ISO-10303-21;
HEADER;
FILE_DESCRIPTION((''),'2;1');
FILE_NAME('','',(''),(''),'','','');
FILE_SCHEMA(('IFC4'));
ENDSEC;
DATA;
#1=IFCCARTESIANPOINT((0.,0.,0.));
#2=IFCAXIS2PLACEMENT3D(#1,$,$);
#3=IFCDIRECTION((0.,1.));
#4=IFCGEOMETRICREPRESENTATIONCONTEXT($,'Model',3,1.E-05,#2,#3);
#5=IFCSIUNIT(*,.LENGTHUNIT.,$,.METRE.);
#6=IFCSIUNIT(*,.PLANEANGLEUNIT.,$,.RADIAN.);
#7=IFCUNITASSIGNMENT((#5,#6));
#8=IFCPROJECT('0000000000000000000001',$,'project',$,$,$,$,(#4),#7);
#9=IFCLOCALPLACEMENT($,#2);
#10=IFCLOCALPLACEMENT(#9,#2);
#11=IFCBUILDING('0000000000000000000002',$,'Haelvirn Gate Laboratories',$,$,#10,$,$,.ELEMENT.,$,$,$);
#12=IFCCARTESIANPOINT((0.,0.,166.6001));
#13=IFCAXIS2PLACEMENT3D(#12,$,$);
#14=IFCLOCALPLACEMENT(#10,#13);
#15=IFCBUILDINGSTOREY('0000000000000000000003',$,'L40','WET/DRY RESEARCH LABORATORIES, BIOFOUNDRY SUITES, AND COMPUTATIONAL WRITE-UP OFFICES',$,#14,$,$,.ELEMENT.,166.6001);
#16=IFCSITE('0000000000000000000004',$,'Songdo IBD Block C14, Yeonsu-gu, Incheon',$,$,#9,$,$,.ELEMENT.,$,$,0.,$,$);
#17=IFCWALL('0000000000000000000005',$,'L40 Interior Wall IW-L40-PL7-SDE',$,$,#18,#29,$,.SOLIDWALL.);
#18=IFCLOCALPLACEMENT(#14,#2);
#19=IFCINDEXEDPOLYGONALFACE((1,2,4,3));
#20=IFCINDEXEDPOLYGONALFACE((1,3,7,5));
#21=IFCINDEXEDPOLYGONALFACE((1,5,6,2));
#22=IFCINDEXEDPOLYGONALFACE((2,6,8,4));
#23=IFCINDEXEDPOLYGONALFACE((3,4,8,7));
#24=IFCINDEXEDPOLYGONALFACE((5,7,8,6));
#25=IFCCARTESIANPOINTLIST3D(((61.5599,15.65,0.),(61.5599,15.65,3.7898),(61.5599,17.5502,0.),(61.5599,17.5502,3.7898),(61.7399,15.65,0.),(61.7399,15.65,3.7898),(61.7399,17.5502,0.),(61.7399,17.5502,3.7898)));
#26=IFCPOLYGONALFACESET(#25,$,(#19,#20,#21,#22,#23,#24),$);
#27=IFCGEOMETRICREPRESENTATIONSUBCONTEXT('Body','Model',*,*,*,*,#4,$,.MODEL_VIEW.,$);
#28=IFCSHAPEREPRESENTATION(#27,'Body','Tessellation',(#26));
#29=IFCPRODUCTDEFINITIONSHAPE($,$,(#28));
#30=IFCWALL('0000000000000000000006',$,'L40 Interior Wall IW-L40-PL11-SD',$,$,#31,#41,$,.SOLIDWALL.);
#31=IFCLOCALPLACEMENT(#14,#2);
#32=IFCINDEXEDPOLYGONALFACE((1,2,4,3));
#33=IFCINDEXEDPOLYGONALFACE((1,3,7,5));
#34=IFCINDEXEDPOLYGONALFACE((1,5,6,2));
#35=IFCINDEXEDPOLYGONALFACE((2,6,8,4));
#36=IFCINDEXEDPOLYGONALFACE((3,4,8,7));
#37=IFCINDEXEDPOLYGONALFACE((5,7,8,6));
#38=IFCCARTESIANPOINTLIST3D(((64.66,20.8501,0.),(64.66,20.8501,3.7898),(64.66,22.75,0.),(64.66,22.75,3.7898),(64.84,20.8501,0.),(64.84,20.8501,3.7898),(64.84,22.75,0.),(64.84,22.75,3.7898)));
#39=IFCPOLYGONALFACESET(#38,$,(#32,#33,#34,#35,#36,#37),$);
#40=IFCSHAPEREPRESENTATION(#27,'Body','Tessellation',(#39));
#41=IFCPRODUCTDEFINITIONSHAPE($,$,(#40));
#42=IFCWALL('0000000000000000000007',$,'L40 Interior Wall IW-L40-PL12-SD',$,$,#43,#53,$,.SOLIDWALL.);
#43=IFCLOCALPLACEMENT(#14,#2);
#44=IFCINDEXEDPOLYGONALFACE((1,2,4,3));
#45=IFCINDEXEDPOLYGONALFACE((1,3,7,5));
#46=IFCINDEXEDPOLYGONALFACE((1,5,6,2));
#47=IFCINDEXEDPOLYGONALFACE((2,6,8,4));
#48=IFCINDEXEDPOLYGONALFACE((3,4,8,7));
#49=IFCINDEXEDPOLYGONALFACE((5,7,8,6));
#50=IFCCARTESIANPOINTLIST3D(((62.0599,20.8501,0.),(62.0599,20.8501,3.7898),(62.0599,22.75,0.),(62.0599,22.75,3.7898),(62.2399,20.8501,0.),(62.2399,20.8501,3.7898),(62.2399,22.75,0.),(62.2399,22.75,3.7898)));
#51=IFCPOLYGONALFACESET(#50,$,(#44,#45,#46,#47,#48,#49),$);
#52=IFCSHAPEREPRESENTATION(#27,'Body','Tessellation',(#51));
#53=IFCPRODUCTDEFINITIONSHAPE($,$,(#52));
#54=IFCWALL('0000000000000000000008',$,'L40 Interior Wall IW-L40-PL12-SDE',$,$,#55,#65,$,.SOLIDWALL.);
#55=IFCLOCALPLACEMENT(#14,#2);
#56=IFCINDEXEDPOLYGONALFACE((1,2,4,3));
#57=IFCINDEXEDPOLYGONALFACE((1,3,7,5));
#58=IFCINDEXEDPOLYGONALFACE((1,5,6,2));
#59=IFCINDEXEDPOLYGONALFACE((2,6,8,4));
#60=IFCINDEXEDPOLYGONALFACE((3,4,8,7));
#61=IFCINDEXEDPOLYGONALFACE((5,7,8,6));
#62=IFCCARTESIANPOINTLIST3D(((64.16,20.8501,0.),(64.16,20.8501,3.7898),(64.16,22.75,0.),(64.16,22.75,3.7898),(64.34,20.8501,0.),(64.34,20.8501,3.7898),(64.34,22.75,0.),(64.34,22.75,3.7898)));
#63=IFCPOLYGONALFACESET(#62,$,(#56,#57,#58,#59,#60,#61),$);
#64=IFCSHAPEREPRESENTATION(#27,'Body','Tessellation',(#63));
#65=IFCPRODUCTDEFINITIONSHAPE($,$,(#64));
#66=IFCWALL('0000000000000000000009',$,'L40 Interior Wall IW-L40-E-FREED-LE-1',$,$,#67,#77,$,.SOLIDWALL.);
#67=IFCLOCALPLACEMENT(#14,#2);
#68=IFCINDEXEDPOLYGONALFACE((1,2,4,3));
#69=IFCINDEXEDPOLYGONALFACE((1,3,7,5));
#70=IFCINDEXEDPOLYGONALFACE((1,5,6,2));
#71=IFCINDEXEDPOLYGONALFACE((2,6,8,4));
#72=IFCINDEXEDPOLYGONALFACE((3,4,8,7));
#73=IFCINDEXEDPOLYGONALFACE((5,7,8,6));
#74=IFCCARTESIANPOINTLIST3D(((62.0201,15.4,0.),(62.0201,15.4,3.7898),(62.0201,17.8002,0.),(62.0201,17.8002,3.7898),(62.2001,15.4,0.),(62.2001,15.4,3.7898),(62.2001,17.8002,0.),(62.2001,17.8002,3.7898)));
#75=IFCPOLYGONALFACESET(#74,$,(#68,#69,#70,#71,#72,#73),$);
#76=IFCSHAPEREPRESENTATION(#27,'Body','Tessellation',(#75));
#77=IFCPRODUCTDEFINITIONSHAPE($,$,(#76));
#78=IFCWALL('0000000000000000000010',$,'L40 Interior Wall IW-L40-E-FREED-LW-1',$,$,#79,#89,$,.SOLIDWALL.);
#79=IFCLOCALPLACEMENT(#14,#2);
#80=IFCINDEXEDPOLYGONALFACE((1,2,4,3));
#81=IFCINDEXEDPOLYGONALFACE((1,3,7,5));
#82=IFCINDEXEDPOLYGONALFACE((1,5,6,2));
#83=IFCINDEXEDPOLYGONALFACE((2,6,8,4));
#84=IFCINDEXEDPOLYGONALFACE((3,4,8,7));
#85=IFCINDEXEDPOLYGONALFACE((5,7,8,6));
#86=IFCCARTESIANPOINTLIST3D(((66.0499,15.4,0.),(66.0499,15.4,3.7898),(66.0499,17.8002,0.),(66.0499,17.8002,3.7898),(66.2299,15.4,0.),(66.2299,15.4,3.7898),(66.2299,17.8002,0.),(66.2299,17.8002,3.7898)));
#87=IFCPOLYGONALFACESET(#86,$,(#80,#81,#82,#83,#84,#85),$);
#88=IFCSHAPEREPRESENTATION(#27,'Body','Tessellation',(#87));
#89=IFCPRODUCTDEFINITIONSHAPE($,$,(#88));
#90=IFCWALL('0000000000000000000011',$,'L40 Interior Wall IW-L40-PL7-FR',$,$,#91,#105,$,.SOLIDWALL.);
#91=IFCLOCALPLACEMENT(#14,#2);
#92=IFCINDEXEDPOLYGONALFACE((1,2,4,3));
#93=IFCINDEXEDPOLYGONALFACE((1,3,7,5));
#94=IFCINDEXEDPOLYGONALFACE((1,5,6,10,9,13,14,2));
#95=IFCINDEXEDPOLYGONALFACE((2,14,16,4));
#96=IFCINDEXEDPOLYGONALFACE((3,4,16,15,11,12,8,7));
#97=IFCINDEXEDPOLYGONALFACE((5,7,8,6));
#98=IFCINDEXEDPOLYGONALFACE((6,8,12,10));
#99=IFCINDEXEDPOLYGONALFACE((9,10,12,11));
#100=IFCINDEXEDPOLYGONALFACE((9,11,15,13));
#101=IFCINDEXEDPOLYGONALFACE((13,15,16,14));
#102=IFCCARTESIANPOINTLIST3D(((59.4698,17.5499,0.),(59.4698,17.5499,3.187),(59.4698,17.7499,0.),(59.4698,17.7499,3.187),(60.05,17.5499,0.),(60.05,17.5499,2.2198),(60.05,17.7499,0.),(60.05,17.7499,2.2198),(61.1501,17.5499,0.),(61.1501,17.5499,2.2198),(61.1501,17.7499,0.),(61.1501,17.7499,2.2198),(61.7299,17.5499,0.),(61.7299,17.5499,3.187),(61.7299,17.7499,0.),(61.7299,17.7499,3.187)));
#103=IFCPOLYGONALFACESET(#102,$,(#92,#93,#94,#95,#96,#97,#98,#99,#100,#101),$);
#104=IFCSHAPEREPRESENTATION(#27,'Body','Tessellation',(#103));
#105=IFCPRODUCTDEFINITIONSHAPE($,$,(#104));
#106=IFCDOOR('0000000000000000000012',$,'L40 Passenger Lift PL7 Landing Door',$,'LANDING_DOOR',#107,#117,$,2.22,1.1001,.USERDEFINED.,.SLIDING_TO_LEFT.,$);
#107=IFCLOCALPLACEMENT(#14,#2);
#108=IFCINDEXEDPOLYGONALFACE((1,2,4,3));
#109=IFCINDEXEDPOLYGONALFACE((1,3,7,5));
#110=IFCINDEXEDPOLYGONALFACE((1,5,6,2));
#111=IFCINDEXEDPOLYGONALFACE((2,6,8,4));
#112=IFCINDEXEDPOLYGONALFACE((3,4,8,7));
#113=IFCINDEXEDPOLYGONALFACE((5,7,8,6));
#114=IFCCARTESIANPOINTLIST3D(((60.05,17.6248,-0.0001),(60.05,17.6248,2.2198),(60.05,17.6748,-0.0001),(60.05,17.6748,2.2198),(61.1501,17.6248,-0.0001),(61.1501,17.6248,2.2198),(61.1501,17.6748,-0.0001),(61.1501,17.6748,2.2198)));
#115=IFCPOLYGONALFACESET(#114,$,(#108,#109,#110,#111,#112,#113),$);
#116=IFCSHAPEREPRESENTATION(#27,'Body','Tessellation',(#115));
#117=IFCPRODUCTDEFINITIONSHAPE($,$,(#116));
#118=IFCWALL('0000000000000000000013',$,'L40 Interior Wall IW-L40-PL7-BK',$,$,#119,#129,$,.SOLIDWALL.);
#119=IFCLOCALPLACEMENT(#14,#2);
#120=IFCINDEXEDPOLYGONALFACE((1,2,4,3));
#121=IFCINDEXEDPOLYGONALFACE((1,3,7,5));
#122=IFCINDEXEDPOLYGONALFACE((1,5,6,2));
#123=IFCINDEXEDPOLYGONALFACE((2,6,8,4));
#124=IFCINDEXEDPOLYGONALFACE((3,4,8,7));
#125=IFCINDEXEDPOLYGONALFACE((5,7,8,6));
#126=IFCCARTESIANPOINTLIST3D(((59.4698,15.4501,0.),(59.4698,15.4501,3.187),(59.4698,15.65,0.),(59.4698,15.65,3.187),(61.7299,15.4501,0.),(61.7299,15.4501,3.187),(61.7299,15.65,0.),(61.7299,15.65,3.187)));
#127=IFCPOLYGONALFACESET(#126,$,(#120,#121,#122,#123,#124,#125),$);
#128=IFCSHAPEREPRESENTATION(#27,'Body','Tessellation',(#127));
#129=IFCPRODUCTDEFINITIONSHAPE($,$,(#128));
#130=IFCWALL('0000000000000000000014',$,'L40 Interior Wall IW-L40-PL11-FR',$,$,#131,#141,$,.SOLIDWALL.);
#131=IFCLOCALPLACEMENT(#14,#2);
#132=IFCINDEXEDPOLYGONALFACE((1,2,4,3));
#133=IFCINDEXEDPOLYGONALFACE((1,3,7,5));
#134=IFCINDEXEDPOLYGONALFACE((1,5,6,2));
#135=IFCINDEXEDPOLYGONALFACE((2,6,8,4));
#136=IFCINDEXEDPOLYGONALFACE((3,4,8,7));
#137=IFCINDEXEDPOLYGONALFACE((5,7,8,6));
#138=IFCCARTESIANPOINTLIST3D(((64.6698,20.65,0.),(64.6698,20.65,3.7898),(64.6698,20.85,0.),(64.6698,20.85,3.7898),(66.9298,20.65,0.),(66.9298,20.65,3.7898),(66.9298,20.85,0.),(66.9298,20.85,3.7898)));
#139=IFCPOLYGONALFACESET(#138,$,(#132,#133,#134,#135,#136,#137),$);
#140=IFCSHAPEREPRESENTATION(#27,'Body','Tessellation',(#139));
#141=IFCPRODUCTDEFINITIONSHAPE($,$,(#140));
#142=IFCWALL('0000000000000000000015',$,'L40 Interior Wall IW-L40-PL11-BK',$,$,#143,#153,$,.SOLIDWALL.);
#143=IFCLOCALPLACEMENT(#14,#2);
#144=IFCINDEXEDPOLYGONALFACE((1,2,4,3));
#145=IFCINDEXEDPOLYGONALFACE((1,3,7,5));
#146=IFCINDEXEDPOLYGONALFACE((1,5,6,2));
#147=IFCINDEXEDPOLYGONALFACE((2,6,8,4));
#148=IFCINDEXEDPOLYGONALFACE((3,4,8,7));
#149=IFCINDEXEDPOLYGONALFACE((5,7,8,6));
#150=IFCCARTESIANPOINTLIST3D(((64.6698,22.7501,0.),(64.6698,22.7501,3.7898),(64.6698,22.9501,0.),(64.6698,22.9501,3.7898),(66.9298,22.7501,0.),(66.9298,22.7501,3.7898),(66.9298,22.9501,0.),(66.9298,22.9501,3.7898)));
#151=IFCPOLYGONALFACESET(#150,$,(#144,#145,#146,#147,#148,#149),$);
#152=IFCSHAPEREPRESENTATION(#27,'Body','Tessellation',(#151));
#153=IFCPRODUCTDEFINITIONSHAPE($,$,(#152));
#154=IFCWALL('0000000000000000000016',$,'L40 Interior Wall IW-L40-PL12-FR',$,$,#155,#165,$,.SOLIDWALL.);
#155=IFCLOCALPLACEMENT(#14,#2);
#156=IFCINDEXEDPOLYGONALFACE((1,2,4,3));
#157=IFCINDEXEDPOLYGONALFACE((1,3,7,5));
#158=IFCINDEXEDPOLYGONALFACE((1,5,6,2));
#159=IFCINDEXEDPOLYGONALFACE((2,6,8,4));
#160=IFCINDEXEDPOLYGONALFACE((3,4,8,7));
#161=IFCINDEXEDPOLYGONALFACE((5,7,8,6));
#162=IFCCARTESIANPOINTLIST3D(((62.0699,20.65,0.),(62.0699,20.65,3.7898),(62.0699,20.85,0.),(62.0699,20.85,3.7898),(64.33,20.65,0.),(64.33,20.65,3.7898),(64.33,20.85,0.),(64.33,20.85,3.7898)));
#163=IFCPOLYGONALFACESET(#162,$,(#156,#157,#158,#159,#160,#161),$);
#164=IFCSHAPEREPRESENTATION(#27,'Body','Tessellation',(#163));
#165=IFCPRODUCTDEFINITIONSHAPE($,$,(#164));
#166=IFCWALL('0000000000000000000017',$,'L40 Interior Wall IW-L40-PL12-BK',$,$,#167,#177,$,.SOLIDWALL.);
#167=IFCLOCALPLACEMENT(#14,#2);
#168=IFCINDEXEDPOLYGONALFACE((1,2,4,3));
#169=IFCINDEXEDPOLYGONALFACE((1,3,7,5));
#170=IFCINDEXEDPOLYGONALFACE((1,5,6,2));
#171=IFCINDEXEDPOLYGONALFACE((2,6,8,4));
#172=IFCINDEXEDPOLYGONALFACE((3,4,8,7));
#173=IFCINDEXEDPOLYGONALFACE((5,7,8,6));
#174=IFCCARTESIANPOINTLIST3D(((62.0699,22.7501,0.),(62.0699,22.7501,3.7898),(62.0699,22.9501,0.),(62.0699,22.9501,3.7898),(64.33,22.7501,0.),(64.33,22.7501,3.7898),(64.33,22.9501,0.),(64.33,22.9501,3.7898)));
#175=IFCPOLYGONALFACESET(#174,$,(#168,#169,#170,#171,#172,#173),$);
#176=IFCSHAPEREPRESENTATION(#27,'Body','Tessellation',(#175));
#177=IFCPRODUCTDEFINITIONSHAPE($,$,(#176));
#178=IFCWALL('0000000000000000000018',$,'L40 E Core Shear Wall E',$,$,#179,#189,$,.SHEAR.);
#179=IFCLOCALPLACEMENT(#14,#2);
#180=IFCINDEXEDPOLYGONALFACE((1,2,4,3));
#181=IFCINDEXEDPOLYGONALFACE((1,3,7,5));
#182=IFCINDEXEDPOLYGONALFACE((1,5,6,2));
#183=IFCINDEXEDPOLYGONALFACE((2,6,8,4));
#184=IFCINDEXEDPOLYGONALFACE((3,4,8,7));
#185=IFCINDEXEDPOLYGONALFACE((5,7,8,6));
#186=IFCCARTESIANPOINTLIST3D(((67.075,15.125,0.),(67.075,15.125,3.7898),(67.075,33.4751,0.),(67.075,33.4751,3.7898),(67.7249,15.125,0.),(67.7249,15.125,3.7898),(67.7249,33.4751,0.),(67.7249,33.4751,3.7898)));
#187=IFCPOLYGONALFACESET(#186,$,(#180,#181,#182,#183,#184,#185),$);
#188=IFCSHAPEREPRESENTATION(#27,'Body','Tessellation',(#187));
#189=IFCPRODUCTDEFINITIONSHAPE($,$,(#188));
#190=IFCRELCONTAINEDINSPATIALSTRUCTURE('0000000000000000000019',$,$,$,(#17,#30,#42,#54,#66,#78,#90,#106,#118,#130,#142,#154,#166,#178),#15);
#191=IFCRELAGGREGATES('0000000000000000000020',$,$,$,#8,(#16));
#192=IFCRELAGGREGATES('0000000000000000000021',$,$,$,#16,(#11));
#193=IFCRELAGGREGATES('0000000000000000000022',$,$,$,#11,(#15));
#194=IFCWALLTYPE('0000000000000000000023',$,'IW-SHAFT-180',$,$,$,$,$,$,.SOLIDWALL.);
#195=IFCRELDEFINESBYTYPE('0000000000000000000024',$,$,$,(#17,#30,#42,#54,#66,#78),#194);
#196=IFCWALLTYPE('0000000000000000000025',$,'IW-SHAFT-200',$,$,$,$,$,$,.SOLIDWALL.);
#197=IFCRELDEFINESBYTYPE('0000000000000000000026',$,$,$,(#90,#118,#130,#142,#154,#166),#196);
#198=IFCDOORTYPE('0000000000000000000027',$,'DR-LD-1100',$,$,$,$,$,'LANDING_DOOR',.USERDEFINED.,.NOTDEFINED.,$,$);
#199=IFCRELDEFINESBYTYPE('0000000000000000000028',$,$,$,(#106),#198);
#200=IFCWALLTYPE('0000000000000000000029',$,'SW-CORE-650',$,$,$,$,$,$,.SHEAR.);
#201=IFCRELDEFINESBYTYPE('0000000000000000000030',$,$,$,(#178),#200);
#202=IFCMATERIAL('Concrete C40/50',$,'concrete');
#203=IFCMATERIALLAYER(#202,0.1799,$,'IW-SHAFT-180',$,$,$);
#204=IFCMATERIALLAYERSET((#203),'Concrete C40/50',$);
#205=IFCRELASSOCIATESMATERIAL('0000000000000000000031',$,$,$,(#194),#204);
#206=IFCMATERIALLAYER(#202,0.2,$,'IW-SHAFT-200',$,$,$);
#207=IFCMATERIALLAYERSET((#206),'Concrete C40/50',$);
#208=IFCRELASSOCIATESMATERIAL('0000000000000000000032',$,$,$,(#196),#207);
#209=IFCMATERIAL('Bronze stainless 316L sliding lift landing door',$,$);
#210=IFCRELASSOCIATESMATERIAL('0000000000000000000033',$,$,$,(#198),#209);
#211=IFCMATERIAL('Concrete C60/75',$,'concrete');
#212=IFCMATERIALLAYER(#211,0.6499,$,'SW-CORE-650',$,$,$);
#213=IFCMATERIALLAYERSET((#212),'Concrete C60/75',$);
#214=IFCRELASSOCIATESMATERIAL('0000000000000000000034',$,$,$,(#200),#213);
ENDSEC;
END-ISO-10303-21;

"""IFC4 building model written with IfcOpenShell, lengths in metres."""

from ifc_helpers import new_model, si_unit, direction, frame, frame_2d, origin, place, context, subcontext, project, spatial, rectangle, extrude, source, transform, mapped, material, layer, layer_set, type_object, type_shapes, element, fill, save


model = new_model("IFC4")

# Units and contexts
model_context = context("Model", 3, precision=1e-05, world=origin(), true_north=direction((0.0, 1.0)))
body_context = subcontext(model_context, "Body", "Model", "MODEL_VIEW")
ifc_project = project(units=[si_unit("LENGTHUNIT", "METRE"), si_unit("PLANEANGLEUNIT", "RADIAN")], contexts=[model_context])

# Site, building, storey
site_placement = place(None, origin())
site = spatial("IfcSite", under=ifc_project, at=site_placement, Name="Songdo IBD Block C14, Yeonsu-gu, Incheon", CompositionType="ELEMENT", RefElevation=0.0)
building_placement = place(site_placement, origin())
building = spatial("IfcBuilding", under=site, at=building_placement, Name="Haelvirn Gate Laboratories", CompositionType="ELEMENT")
storey_placement = place(building_placement, frame((0.0, 0.0, 166.6001)))
storey = spatial("IfcBuildingStorey", under=building, at=storey_placement, Name="L40", Description="WET/DRY RESEARCH LABORATORIES, BIOFOUNDRY SUITES, AND COMPUTATIONAL WRITE-UP OFFICES", CompositionType="ELEMENT", Elevation=166.6001)

# Shared definitions
ifc_material_1 = material(Name="Concrete C60/75", Category="concrete")

# Walls
ifc_material_2 = material(Name="Concrete C40/50", Category="concrete")
ifc_layer_1 = layer(ifc_material_2, 0.1799, Name="IW-SHAFT-180")
ifc_layer_set_1 = layer_set([ifc_layer_1], Name="Concrete C40/50")
wall_type_1 = type_object("IfcWallType", Name="IW-SHAFT-180", PredefinedType="SOLIDWALL", material=ifc_layer_set_1)
for number, where, z_axis, x_axis, name in (
    (1, (61.6499, 15.6499, 0.0), (0.0, 0.0, 1.0), (0.0, 1.0, 0.0), "L40 Interior Wall IW-L40-PL7-SDE"),
):
    element("IfcWall", number, at=place(storey_placement, frame(where, z_axis=z_axis, x_axis=x_axis)), inside=storey, type_object=wall_type_1, Name=name, PredefinedType="SOLIDWALL", context=body_context, shape_type="SweptSolid", body=[
        extrude(rectangle(XDim=1.9001, YDim=0.1799, at=frame_2d((0.9502, 0.0))), origin(), (0.0, 0.0, 1.0), 3.7898),
    ])
for number, where, z_axis, x_axis, name in (
    (2, (64.75, 20.8501, 0.0), (0.0, 0.0, 1.0), (0.0, 1.0, 0.0), "L40 Interior Wall IW-L40-PL11-SD"),
    (3, (62.1499, 20.8501, 0.0), (0.0, 0.0, 1.0), (0.0, 1.0, 0.0), "L40 Interior Wall IW-L40-PL12-SD"),
    (4, (64.25, 20.8501, 0.0), (0.0, 0.0, 1.0), (0.0, 1.0, 0.0), "L40 Interior Wall IW-L40-PL12-SDE"),
):
    element("IfcWall", number, at=place(storey_placement, frame(where, z_axis=z_axis, x_axis=x_axis)), inside=storey, type_object=wall_type_1, Name=name, PredefinedType="SOLIDWALL", context=body_context, shape_type="SweptSolid", body=[
        extrude(rectangle(XDim=1.8999, YDim=0.1799, at=frame_2d((0.95, 0.0))), origin(), (0.0, 0.0, 1.0), 3.7898),
    ])

# Walls
for number, where, z_axis, x_axis, name in (
    (5, (62.1101, 15.3999, 0.0), (0.0, 0.0, 1.0), (0.0, 1.0, 0.0), "L40 Interior Wall IW-L40-E-FREED-LE-1"),
    (6, (66.1399, 15.3999, 0.0), (0.0, 0.0, 1.0), (0.0, 1.0, 0.0), "L40 Interior Wall IW-L40-E-FREED-LW-1"),
):
    element("IfcWall", number, at=place(storey_placement, frame(where, z_axis=z_axis, x_axis=x_axis)), inside=storey, type_object=wall_type_1, Name=name, PredefinedType="SOLIDWALL", context=body_context, shape_type="SweptSolid", body=[
        extrude(rectangle(XDim=2.4001, YDim=0.1799, at=frame_2d((1.2002, 0.0))), origin(), (0.0, 0.0, 1.0), 3.7898),
    ])

# Wall, opening, door
ifc_layer_2 = layer(ifc_material_2, 0.2, Name="IW-SHAFT-200")
ifc_layer_set_2 = layer_set([ifc_layer_2], Name="Concrete C40/50")
wall_type_2 = type_object("IfcWallType", Name="IW-SHAFT-200", PredefinedType="SOLIDWALL", material=ifc_layer_set_2)
wall_1_placement = place(storey_placement, frame((59.47, 17.6499, 0.0), z_axis=(0.0, 0.0, 1.0), x_axis=(1.0, 0.0, 0.0)))
wall_1 = element("IfcWall", 7, at=wall_1_placement, inside=storey, type_object=wall_type_2, Name="L40 Interior Wall IW-L40-PL7-FR", PredefinedType="SOLIDWALL", context=body_context, shape_type="SweptSolid", body=[
    extrude(rectangle(XDim=2.26, YDim=0.2, at=frame_2d((1.1299, 0.0))), origin(), (0.0, 0.0, 1.0), 3.187),
])
opening_1_placement = place(wall_1_placement, frame((0.5801, 0.0, 0.0)))
opening_1 = element("IfcOpeningElement", 8, at=opening_1_placement, cuts=wall_1, PredefinedType="OPENING", context=body_context, shape_type="SweptSolid", body=[
    extrude(rectangle(XDim=1.1001, YDim=2.22, at=frame_2d((0.55, 1.1099))), frame((0.0, 0.1099, 0.0), z_axis=(0.0, -1.0, 0.0), x_axis=(1.0, 0.0, 0.0)), (0.0, 0.0, 1.0), 0.22),
])
ifc_material_3 = material(Name="Bronze stainless 316L sliding lift landing door")
door_type_1 = type_object("IfcDoorType", Name="DR-LD-1100", ElementType="LANDING_DOOR", OperationType="NOTDEFINED", PredefinedType="USERDEFINED", material=ifc_material_3)
shared_shape_1 = source(origin(), body_context, "Body", "SweptSolid", [
    extrude(rectangle(XDim=1.1001, YDim=2.22, at=frame_2d((0.55, 1.1099))), frame((0.0, 0.0249, 0.0), z_axis=(0.0, -1.0, 0.0), x_axis=(1.0, 0.0, 0.0)), (0.0, 0.0, 1.0), 0.05),
])
type_shapes(door_type_1, [shared_shape_1])
door_1_placement = place(opening_1_placement, origin())
door_1 = element("IfcDoor", 9, at=door_1_placement, inside=storey, type_object=door_type_1, Name="L40 Passenger Lift PL7 Landing Door", ObjectType="LANDING_DOOR", OperationType="SLIDING_TO_LEFT", OverallHeight=2.22, OverallWidth=1.1001, PredefinedType="USERDEFINED", context=body_context, shape_type="MappedRepresentation", body=[
    mapped(shared_shape_1, transform((0.0, 0.0, 0.0), scale=1.0)),
])
fill(opening_1, door_1)

# Walls
wall_2_placement = place(storey_placement, frame((59.47, 15.55, 0.0), z_axis=(0.0, 0.0, 1.0), x_axis=(1.0, 0.0, 0.0)))
element("IfcWall", 10, at=wall_2_placement, inside=storey, type_object=wall_type_2, Name="L40 Interior Wall IW-L40-PL7-BK", PredefinedType="SOLIDWALL", context=body_context, shape_type="SweptSolid", body=[
    extrude(rectangle(XDim=2.26, YDim=0.2, at=frame_2d((1.1299, 0.0))), origin(), (0.0, 0.0, 1.0), 3.187),
])
for number, where, z_axis, x_axis, name in (
    (11, (64.6699, 20.75, 0.0), (0.0, 0.0, 1.0), (1.0, 0.0, 0.0), "L40 Interior Wall IW-L40-PL11-FR"),
    (12, (64.6699, 22.8501, 0.0), (0.0, 0.0, 1.0), (1.0, 0.0, 0.0), "L40 Interior Wall IW-L40-PL11-BK"),
    (13, (62.0701, 20.75, 0.0), (0.0, 0.0, 1.0), (1.0, 0.0, 0.0), "L40 Interior Wall IW-L40-PL12-FR"),
    (14, (62.0701, 22.8501, 0.0), (0.0, 0.0, 1.0), (1.0, 0.0, 0.0), "L40 Interior Wall IW-L40-PL12-BK"),
):
    element("IfcWall", number, at=place(storey_placement, frame(where, z_axis=z_axis, x_axis=x_axis)), inside=storey, type_object=wall_type_2, Name=name, PredefinedType="SOLIDWALL", context=body_context, shape_type="SweptSolid", body=[
        extrude(rectangle(XDim=2.26, YDim=0.2, at=frame_2d((1.1299, 0.0))), origin(), (0.0, 0.0, 1.0), 3.7898),
    ])
ifc_layer_3 = layer(ifc_material_1, 0.6499, Name="SW-CORE-650")
ifc_layer_set_3 = layer_set([ifc_layer_3], Name="Concrete C60/75")
wall_type_3 = type_object("IfcWallType", Name="SW-CORE-650", PredefinedType="SHEAR", material=ifc_layer_set_3)
wall_3_placement = place(storey_placement, frame((67.3999, 15.125, 0.0), z_axis=(0.0, 0.0, 1.0), x_axis=(0.0, 1.0, 0.0)))
element("IfcWall", 15, at=wall_3_placement, inside=storey, type_object=wall_type_3, Name="L40 E Core Shear Wall E", PredefinedType="SHEAR", context=body_context, shape_type="SweptSolid", body=[
    extrude(rectangle(XDim=18.3501, YDim=0.6499, at=frame_2d((9.175, 0.0))), origin(), (0.0, 0.0, 1.0), 3.7898),
])

save(model, "model.ifc")
